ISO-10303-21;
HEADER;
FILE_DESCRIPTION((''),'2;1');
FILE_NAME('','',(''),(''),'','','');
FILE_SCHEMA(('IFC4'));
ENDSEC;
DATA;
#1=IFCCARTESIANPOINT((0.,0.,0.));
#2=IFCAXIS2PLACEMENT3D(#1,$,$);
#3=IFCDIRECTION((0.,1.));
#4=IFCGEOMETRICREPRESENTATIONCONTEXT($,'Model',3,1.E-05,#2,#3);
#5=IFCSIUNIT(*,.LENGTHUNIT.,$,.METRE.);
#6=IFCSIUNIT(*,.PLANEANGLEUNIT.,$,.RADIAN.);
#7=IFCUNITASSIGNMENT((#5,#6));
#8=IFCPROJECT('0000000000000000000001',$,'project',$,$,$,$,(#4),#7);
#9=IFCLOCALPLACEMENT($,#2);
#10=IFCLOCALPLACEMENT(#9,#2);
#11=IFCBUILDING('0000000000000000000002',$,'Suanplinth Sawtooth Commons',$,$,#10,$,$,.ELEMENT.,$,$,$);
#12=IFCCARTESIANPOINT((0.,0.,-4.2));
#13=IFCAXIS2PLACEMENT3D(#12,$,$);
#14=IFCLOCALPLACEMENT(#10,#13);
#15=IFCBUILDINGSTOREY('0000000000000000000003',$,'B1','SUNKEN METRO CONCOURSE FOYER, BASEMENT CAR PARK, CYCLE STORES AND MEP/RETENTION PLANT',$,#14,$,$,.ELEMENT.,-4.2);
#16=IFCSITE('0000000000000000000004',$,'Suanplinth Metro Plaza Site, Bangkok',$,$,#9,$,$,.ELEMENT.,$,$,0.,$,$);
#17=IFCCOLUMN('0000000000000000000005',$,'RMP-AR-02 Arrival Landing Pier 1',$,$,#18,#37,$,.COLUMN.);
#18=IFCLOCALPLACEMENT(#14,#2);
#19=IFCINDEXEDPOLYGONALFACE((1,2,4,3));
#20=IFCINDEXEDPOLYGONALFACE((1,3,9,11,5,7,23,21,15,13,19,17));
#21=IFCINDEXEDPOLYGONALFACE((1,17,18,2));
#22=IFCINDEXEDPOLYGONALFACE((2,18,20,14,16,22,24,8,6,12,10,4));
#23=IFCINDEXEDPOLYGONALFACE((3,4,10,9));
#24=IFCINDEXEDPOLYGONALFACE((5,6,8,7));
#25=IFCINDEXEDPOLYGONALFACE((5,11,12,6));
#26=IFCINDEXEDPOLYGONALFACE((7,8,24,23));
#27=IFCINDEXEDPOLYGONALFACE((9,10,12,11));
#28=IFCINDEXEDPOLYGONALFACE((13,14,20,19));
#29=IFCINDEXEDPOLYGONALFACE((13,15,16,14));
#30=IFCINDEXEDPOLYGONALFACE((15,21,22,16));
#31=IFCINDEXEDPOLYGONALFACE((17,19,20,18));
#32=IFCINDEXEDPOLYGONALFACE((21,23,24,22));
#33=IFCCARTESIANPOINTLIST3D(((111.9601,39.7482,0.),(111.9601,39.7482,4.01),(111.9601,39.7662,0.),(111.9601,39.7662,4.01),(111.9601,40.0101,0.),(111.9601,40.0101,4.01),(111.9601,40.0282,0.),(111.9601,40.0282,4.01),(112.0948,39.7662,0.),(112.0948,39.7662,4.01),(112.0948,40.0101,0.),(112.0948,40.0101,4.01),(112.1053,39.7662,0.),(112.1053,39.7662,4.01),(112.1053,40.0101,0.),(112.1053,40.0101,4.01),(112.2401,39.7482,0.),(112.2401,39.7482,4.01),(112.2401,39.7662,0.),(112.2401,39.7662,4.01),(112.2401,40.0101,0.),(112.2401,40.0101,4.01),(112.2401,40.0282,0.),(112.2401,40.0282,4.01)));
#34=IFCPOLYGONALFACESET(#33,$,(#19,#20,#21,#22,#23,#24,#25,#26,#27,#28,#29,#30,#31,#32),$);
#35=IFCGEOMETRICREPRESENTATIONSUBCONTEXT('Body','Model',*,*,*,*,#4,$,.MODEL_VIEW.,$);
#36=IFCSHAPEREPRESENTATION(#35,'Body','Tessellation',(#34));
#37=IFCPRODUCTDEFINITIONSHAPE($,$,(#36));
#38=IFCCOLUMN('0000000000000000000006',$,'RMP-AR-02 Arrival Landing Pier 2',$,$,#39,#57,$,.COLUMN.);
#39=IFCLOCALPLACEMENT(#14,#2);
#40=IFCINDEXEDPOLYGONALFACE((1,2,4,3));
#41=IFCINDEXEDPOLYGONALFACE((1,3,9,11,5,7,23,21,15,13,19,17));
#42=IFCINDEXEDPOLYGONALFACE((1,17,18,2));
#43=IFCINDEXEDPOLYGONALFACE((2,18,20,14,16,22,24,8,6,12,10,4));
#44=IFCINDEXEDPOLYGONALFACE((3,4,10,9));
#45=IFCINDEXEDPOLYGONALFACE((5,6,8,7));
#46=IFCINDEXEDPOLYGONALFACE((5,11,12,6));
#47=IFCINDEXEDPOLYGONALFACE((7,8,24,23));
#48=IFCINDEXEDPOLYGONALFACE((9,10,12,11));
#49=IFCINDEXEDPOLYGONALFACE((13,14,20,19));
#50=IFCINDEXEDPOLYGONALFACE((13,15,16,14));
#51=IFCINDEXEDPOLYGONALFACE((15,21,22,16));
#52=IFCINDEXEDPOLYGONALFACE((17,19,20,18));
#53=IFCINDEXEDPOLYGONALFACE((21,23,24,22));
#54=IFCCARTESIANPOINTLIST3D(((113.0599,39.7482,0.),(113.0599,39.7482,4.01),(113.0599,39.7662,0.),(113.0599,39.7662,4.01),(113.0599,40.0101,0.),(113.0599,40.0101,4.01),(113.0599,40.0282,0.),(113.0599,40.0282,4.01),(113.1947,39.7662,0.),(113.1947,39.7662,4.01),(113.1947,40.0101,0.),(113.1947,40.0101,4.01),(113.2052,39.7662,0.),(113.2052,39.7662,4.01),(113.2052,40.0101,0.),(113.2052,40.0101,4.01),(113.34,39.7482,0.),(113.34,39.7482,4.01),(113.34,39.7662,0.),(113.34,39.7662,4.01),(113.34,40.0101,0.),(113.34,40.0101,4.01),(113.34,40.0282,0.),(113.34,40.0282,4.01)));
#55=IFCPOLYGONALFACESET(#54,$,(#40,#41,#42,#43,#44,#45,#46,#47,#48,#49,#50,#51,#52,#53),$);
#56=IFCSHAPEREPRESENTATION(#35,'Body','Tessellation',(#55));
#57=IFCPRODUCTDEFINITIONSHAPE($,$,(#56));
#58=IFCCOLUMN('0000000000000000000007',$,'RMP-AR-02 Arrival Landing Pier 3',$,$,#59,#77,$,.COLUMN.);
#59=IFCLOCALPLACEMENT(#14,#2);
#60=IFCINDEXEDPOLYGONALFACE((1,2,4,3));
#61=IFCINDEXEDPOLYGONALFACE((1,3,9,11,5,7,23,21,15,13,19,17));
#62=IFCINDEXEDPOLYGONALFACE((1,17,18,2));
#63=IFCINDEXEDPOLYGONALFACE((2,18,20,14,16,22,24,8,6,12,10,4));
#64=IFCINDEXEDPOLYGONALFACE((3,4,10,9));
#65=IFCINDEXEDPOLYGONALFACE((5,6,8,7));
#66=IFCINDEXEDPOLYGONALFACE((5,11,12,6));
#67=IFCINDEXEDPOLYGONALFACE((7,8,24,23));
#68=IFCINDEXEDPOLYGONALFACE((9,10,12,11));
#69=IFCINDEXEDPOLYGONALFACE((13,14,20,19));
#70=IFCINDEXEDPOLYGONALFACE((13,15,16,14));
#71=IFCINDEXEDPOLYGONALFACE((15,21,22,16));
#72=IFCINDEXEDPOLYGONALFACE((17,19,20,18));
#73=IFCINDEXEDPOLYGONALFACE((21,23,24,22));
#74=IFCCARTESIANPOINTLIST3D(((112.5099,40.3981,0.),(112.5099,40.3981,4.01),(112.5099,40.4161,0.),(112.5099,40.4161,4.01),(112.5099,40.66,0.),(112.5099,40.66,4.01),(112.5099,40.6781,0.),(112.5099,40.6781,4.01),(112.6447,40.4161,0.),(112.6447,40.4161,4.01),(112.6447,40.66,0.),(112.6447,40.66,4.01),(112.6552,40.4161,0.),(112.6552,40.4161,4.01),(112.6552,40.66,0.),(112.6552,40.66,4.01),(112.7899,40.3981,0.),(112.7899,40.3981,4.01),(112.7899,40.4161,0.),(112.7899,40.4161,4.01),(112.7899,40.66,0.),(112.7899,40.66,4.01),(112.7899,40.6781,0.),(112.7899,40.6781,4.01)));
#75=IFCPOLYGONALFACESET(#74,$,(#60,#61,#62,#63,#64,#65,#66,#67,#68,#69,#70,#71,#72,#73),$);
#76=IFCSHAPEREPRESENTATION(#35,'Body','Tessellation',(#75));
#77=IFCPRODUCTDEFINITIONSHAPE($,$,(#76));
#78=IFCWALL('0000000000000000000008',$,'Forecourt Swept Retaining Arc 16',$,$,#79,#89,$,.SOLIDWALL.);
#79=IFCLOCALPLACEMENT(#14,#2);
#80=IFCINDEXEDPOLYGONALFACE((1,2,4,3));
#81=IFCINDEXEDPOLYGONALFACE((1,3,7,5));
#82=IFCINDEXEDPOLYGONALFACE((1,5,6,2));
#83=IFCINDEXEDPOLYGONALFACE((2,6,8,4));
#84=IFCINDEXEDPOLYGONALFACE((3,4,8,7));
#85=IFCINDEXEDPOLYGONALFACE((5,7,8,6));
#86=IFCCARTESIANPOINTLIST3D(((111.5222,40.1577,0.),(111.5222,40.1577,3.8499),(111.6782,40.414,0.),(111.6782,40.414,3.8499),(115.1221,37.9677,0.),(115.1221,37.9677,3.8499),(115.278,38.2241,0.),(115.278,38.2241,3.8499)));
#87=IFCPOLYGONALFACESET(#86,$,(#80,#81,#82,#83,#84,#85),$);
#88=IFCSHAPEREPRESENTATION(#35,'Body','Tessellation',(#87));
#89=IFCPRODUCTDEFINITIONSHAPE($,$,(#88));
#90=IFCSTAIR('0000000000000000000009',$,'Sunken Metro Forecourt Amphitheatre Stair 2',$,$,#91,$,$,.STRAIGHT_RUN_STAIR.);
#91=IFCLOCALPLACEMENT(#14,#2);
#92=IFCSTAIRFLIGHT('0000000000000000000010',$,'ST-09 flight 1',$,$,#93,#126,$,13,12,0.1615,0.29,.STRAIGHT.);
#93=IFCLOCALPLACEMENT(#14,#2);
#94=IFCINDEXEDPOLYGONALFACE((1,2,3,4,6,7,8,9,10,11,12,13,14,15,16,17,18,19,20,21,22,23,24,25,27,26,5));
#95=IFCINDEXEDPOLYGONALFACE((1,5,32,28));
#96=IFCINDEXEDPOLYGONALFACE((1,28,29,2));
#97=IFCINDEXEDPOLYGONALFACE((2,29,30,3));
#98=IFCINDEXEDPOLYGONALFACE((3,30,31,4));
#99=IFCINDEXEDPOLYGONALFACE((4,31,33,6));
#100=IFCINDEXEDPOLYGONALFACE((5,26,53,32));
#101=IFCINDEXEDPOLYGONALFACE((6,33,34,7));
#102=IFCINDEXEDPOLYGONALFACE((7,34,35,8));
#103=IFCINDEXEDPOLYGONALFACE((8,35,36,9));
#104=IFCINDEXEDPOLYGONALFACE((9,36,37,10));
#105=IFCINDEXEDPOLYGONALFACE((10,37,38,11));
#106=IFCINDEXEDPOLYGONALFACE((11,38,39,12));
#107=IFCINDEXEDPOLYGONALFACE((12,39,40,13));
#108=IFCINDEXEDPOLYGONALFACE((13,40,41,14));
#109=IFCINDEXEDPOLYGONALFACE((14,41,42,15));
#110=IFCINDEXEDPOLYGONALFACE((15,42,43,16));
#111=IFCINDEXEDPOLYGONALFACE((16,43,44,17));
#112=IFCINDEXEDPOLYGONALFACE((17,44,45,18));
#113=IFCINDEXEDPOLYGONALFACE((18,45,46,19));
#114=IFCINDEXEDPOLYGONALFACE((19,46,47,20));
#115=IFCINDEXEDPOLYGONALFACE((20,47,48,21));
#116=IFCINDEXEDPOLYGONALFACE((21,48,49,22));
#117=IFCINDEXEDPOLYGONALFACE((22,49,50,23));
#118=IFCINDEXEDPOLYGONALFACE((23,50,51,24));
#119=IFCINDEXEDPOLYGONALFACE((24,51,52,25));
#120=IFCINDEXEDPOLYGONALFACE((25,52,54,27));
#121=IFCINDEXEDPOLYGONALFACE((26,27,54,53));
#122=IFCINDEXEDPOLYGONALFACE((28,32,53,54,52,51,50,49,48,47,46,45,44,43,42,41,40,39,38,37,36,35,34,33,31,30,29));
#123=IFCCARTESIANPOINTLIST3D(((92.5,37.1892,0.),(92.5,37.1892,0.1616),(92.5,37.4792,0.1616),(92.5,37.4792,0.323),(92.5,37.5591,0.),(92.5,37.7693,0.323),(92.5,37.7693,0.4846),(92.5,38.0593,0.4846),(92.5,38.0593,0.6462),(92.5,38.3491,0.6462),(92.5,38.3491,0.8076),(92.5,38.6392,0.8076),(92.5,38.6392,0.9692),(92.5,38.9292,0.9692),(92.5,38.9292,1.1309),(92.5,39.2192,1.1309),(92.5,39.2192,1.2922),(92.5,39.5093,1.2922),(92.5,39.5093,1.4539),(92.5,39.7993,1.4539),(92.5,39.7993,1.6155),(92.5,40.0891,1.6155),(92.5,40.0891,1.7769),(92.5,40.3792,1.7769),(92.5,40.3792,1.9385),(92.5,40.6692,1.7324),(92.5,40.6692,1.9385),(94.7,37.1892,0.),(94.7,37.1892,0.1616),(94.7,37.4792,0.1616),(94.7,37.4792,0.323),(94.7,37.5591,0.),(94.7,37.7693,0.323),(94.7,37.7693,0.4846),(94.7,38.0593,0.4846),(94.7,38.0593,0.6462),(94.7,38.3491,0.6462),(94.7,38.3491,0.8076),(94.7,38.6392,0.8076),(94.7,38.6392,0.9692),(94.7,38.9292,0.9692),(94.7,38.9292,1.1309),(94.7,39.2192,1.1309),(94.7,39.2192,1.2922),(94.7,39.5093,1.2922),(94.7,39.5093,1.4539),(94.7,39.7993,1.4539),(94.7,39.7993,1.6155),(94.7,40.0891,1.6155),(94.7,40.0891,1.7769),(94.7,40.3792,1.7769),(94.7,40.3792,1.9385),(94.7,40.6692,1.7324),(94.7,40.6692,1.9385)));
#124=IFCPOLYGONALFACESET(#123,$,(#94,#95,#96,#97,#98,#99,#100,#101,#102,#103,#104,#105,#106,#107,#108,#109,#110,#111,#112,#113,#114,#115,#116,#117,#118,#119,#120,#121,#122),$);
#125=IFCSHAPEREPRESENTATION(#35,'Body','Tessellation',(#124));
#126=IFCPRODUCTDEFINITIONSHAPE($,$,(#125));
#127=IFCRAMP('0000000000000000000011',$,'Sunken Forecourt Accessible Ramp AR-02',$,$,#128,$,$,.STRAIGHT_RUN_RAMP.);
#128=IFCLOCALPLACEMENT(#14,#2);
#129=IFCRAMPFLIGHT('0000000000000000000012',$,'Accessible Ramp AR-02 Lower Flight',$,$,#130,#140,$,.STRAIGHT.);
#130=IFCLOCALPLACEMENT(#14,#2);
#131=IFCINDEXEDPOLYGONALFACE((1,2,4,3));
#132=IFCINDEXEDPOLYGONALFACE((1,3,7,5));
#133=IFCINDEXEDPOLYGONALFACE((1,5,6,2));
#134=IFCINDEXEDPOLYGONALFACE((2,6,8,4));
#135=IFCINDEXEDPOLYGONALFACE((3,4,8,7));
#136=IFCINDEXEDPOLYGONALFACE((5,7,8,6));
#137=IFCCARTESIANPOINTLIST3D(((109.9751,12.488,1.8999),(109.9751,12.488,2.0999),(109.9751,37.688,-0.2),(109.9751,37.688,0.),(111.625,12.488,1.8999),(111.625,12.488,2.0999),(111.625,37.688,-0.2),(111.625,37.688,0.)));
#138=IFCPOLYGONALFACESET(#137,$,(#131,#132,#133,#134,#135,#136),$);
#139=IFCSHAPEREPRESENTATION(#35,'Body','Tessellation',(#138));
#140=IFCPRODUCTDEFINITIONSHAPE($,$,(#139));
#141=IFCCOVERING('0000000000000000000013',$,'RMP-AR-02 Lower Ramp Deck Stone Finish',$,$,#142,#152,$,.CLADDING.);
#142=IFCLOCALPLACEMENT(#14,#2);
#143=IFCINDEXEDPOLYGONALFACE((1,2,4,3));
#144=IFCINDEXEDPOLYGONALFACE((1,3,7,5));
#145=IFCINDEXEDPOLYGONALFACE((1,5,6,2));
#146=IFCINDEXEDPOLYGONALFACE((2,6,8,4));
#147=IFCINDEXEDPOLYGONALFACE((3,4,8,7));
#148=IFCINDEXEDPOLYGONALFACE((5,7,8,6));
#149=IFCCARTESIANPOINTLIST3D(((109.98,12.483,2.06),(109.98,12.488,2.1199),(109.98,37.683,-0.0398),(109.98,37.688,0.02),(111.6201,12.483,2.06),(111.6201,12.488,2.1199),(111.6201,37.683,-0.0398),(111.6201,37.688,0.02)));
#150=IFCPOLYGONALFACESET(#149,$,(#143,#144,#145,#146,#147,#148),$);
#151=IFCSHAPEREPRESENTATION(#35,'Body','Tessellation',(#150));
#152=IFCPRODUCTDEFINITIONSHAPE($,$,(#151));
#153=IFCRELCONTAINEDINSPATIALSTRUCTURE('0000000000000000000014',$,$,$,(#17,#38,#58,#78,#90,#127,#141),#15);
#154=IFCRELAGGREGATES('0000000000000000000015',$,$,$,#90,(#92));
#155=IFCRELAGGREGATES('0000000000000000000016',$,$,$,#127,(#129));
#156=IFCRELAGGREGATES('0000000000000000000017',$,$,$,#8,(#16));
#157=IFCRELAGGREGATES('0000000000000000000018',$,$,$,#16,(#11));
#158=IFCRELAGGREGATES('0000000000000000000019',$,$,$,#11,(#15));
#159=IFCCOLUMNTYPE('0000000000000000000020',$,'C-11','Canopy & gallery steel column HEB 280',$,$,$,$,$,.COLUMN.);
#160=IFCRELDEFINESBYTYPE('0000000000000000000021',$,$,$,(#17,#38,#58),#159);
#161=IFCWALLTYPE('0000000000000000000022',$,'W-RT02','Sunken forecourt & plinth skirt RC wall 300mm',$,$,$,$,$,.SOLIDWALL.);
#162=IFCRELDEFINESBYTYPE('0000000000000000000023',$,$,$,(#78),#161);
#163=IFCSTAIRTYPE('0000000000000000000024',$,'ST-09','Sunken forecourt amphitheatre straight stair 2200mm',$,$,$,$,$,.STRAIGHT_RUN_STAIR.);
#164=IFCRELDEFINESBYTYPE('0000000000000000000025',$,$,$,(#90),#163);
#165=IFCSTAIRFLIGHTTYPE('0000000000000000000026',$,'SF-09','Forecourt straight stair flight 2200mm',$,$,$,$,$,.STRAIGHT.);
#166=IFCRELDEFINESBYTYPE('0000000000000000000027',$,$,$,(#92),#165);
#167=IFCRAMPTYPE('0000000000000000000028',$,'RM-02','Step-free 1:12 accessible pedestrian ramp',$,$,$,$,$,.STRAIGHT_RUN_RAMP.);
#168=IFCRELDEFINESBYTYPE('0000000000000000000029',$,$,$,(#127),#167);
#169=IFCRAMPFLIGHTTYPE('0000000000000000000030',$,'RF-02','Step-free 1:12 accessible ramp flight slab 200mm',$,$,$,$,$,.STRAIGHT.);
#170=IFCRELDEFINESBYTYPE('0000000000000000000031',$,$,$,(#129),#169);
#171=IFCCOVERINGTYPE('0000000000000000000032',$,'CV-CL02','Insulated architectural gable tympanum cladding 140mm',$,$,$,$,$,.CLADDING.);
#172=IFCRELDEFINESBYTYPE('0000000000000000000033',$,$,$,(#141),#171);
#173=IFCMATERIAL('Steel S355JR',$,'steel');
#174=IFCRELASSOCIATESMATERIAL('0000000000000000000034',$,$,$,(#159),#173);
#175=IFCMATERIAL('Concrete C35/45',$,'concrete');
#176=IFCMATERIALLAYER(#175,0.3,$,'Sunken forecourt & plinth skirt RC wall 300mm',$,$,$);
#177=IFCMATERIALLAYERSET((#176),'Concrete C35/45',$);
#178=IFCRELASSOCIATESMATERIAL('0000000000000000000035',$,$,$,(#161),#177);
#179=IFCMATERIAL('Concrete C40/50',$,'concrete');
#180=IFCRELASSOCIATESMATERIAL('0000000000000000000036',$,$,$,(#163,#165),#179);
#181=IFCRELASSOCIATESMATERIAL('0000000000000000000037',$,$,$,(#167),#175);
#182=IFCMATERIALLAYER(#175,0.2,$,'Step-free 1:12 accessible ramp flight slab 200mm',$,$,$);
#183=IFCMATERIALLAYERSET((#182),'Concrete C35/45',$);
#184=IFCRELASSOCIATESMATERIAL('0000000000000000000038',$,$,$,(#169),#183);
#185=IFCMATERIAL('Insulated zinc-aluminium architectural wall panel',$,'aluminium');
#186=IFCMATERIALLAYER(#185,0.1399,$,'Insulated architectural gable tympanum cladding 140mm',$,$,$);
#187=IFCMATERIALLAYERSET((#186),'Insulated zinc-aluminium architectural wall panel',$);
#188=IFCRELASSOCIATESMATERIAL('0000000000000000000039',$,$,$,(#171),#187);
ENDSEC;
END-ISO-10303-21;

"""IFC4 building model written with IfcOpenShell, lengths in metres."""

from ifc_helpers import new_model, si_unit, direction, frame, frame_2d, origin, origin_2d, place, context, subcontext, project, spatial, polyline, rectangle, i_section, outline, extrude, material, layer, layer_set, material_profile, profile_set, type_object, element, aggregate, save


model = new_model("IFC4")

# Units and contexts
model_context = context("Model", 3, precision=1e-05, world=origin(), true_north=direction((0.0, 1.0)))
body_context = subcontext(model_context, "Body", "Model", "MODEL_VIEW")
ifc_project = project(units=[si_unit("LENGTHUNIT", "METRE"), si_unit("PLANEANGLEUNIT", "RADIAN")], contexts=[model_context])

# Site, building, storey
site_placement = place(None, origin())
site = spatial("IfcSite", under=ifc_project, at=site_placement, Name="Suanplinth Metro Plaza Site, Bangkok", CompositionType="ELEMENT", RefElevation=0.0)
building_placement = place(site_placement, origin())
building = spatial("IfcBuilding", under=site, at=building_placement, Name="Suanplinth Sawtooth Commons", CompositionType="ELEMENT")
storey_placement = place(building_placement, frame((0.0, 0.0, -4.2)))
storey = spatial("IfcBuildingStorey", under=building, at=storey_placement, Name="B1", Description="SUNKEN METRO CONCOURSE FOYER, BASEMENT CAR PARK, CYCLE STORES AND MEP/RETENTION PLANT", CompositionType="ELEMENT", Elevation=-4.2)

# Shared definitions
ifc_material_1 = material(Name="Concrete C35/45", Category="concrete")

# Columns
ifc_material_2 = material(Name="Concrete C40/50", Category="concrete")
ifc_material_3 = material(Name="Steel S355JR", Category="steel")
ifc_material_profile_1 = material_profile(ifc_material_3, i_section(OverallWidth=0.28, OverallDepth=0.28, WebThickness=0.0105, FlangeThickness=0.0181, at=origin_2d()), Name="HEB 280")
ifc_profile_set_1 = profile_set([ifc_material_profile_1], Name="Steel S355JR")
column_type_1 = type_object("IfcColumnType", Name="C-11", Description="Canopy & gallery steel column HEB 280", PredefinedType="COLUMN", material=ifc_profile_set_1)
for number, where, z_axis, x_axis, name in (
    (1, (112.1001, 39.8882, 0.0), (0.0, 0.0, 1.0), (1.0, 0.0, 0.0), "RMP-AR-02 Arrival Landing Pier 1"),
    (2, (113.2, 39.8882, 0.0), (0.0, 0.0, 1.0), (1.0, 0.0, 0.0), "RMP-AR-02 Arrival Landing Pier 2"),
    (3, (112.6499, 40.5381, 0.0), (0.0, 0.0, 1.0), (1.0, 0.0, 0.0), "RMP-AR-02 Arrival Landing Pier 3"),
):
    element("IfcColumn", number, at=place(storey_placement, frame(where, z_axis=z_axis, x_axis=x_axis)), inside=storey, type_object=column_type_1, Name=name, PredefinedType="COLUMN", context=body_context, shape_type="SweptSolid", body=[
        extrude(i_section(OverallWidth=0.28, OverallDepth=0.28, WebThickness=0.0105, FlangeThickness=0.0181, at=origin_2d()), origin(), (0.0, 0.0, 1.0), 4.01),
    ])

# Wall
ifc_layer_1 = layer(ifc_material_1, 0.3, Name="Sunken forecourt & plinth skirt RC wall 300mm")
ifc_layer_set_1 = layer_set([ifc_layer_1], Name="Concrete C35/45")
wall_type = type_object("IfcWallType", Name="W-RT02", Description="Sunken forecourt & plinth skirt RC wall 300mm", PredefinedType="SOLIDWALL", material=ifc_layer_set_1)
wall_placement = place(storey_placement, frame((111.6001, 40.2859, 0.0), z_axis=(0.0, 0.0, 1.0), x_axis=(0.854333, -0.519726, 0.0)))
element("IfcWall", 4, at=wall_placement, inside=storey, type_object=wall_type, Name="Forecourt Swept Retaining Arc 16", PredefinedType="SOLIDWALL", context=body_context, shape_type="SweptSolid", body=[
    extrude(rectangle(XDim=4.2136, YDim=0.3, at=frame_2d((2.1069, 0.0))), origin(), (0.0, 0.0, 1.0), 3.8499),
])

# Stair, stair flight
stair_type = type_object("IfcStairType", Name="ST-09", Description="Sunken forecourt amphitheatre straight stair 2200mm", PredefinedType="STRAIGHT_RUN_STAIR", material=ifc_material_2)
stair_placement = place(storey_placement, origin())
stair = element("IfcStair", 5, at=stair_placement, inside=storey, type_object=stair_type, Name="Sunken Metro Forecourt Amphitheatre Stair 2", PredefinedType="STRAIGHT_RUN_STAIR")
stair_flight_type = type_object("IfcStairFlightType", Name="SF-09", Description="Forecourt straight stair flight 2200mm", PredefinedType="STRAIGHT", material=ifc_material_2)
stair_flight_placement = place(storey_placement, frame((93.6001, 37.1892, 0.0), z_axis=(0.0, 0.0, 1.0), x_axis=(0.0, 1.0, 0.0)))
stair_flight = element("IfcStairFlight", 6, at=stair_flight_placement, type_object=stair_flight_type, Name="ST-09 flight 1", NumberOfRisers=13, NumberOfTreads=12, PredefinedType="STRAIGHT", RiserHeight=0.1615, TreadLength=0.29, context=body_context, shape_type="SweptSolid", body=[
    extrude(outline(polyline([(0.0, 0.0), (0.0, 0.1616), (0.29, 0.1616), (0.29, 0.323), (0.5801, 0.323), (0.5801, 0.4846), (0.8701, 0.4846), (0.8701, 0.6462), (1.1599, 0.6462), (1.1599, 0.8076), (1.45, 0.8076), (1.45, 0.9692), (1.74, 0.9692), (1.74, 1.1309), (2.03, 1.1309), (2.03, 1.2922), (2.3201, 1.2922), (2.3201, 1.4539), (2.6101, 1.4539), (2.6101, 1.6155), (2.8999, 1.6155), (2.8999, 1.7769), (3.1899, 1.7769), (3.1899, 1.9385), (3.48, 1.9385), (3.48, 2.1001), (3.48, 1.7324), (0.3699, 0.0), (0.0, 0.0)])), frame((0.0, 1.1001, 0.0), z_axis=(0.0, -1.0, 0.0), x_axis=(1.0, 0.0, 0.0)), (0.0, 0.0, 1.0), 2.2),
])
aggregate(stair, [stair_flight])

# Ramp, ramp flight
ramp_type = type_object("IfcRampType", Name="RM-02", Description="Step-free 1:12 accessible pedestrian ramp", PredefinedType="STRAIGHT_RUN_RAMP", material=ifc_material_1)
ramp_placement = place(storey_placement, origin())
ramp = element("IfcRamp", 7, at=ramp_placement, inside=storey, type_object=ramp_type, Name="Sunken Forecourt Accessible Ramp AR-02", PredefinedType="STRAIGHT_RUN_RAMP")
ifc_layer_2 = layer(ifc_material_1, 0.2, Name="Step-free 1:12 accessible ramp flight slab 200mm")
ifc_layer_set_2 = layer_set([ifc_layer_2], Name="Concrete C35/45")
ramp_flight_type = type_object("IfcRampFlightType", Name="RF-02", Description="Step-free 1:12 accessible ramp flight slab 200mm", PredefinedType="STRAIGHT", material=ifc_layer_set_2)
ramp_flight_placement = place(storey_placement, frame((110.8, 37.688, 0.0), z_axis=(0.0, 0.0, 1.0), x_axis=(0.0, -1.0, 0.0)))
ramp_flight = element("IfcRampFlight", 8, at=ramp_flight_placement, type_object=ramp_flight_type, Name="Accessible Ramp AR-02 Lower Flight", PredefinedType="STRAIGHT", context=body_context, shape_type="SweptSolid", body=[
    extrude(outline(polyline([(0.0, 0.0), (0.0, -0.2), (25.2, 1.8999), (25.2, 2.0999), (0.0, 0.0)])), frame((0.0, 0.825, 0.0), z_axis=(0.0, -1.0, 0.0), x_axis=(1.0, 0.0, 0.0)), (0.0, 0.0, 1.0), 1.6499),
])
aggregate(ramp, [ramp_flight])

# Covering
ifc_material_4 = material(Name="Insulated zinc-aluminium architectural wall panel", Category="aluminium")
ifc_layer_3 = layer(ifc_material_4, 0.1399, Name="Insulated architectural gable tympanum cladding 140mm")
ifc_layer_set_3 = layer_set([ifc_layer_3], Name="Insulated zinc-aluminium architectural wall panel")
covering_type = type_object("IfcCoveringType", Name="CV-CL02", Description="Insulated architectural gable tympanum cladding 140mm", PredefinedType="CLADDING", material=ifc_layer_set_3)
covering_placement = place(storey_placement, frame((109.98, 37.688, 0.02), z_axis=(0.0, 0.08304, 0.996546), x_axis=(1.0, 0.0, 0.0)))
element("IfcCovering", 9, at=covering_placement, inside=storey, type_object=covering_type, Name="RMP-AR-02 Lower Ramp Deck Stone Finish", PredefinedType="CLADDING", context=body_context, shape_type="SweptSolid", body=[
    extrude(outline(polyline([(0.0, 0.0), (1.6401, 0.0), (1.6401, -25.2873), (0.0, -25.2873), (0.0, 0.0)])), origin(), (0.0, 0.0, -1.0), 0.0601),
])

save(model, "model.ifc")
